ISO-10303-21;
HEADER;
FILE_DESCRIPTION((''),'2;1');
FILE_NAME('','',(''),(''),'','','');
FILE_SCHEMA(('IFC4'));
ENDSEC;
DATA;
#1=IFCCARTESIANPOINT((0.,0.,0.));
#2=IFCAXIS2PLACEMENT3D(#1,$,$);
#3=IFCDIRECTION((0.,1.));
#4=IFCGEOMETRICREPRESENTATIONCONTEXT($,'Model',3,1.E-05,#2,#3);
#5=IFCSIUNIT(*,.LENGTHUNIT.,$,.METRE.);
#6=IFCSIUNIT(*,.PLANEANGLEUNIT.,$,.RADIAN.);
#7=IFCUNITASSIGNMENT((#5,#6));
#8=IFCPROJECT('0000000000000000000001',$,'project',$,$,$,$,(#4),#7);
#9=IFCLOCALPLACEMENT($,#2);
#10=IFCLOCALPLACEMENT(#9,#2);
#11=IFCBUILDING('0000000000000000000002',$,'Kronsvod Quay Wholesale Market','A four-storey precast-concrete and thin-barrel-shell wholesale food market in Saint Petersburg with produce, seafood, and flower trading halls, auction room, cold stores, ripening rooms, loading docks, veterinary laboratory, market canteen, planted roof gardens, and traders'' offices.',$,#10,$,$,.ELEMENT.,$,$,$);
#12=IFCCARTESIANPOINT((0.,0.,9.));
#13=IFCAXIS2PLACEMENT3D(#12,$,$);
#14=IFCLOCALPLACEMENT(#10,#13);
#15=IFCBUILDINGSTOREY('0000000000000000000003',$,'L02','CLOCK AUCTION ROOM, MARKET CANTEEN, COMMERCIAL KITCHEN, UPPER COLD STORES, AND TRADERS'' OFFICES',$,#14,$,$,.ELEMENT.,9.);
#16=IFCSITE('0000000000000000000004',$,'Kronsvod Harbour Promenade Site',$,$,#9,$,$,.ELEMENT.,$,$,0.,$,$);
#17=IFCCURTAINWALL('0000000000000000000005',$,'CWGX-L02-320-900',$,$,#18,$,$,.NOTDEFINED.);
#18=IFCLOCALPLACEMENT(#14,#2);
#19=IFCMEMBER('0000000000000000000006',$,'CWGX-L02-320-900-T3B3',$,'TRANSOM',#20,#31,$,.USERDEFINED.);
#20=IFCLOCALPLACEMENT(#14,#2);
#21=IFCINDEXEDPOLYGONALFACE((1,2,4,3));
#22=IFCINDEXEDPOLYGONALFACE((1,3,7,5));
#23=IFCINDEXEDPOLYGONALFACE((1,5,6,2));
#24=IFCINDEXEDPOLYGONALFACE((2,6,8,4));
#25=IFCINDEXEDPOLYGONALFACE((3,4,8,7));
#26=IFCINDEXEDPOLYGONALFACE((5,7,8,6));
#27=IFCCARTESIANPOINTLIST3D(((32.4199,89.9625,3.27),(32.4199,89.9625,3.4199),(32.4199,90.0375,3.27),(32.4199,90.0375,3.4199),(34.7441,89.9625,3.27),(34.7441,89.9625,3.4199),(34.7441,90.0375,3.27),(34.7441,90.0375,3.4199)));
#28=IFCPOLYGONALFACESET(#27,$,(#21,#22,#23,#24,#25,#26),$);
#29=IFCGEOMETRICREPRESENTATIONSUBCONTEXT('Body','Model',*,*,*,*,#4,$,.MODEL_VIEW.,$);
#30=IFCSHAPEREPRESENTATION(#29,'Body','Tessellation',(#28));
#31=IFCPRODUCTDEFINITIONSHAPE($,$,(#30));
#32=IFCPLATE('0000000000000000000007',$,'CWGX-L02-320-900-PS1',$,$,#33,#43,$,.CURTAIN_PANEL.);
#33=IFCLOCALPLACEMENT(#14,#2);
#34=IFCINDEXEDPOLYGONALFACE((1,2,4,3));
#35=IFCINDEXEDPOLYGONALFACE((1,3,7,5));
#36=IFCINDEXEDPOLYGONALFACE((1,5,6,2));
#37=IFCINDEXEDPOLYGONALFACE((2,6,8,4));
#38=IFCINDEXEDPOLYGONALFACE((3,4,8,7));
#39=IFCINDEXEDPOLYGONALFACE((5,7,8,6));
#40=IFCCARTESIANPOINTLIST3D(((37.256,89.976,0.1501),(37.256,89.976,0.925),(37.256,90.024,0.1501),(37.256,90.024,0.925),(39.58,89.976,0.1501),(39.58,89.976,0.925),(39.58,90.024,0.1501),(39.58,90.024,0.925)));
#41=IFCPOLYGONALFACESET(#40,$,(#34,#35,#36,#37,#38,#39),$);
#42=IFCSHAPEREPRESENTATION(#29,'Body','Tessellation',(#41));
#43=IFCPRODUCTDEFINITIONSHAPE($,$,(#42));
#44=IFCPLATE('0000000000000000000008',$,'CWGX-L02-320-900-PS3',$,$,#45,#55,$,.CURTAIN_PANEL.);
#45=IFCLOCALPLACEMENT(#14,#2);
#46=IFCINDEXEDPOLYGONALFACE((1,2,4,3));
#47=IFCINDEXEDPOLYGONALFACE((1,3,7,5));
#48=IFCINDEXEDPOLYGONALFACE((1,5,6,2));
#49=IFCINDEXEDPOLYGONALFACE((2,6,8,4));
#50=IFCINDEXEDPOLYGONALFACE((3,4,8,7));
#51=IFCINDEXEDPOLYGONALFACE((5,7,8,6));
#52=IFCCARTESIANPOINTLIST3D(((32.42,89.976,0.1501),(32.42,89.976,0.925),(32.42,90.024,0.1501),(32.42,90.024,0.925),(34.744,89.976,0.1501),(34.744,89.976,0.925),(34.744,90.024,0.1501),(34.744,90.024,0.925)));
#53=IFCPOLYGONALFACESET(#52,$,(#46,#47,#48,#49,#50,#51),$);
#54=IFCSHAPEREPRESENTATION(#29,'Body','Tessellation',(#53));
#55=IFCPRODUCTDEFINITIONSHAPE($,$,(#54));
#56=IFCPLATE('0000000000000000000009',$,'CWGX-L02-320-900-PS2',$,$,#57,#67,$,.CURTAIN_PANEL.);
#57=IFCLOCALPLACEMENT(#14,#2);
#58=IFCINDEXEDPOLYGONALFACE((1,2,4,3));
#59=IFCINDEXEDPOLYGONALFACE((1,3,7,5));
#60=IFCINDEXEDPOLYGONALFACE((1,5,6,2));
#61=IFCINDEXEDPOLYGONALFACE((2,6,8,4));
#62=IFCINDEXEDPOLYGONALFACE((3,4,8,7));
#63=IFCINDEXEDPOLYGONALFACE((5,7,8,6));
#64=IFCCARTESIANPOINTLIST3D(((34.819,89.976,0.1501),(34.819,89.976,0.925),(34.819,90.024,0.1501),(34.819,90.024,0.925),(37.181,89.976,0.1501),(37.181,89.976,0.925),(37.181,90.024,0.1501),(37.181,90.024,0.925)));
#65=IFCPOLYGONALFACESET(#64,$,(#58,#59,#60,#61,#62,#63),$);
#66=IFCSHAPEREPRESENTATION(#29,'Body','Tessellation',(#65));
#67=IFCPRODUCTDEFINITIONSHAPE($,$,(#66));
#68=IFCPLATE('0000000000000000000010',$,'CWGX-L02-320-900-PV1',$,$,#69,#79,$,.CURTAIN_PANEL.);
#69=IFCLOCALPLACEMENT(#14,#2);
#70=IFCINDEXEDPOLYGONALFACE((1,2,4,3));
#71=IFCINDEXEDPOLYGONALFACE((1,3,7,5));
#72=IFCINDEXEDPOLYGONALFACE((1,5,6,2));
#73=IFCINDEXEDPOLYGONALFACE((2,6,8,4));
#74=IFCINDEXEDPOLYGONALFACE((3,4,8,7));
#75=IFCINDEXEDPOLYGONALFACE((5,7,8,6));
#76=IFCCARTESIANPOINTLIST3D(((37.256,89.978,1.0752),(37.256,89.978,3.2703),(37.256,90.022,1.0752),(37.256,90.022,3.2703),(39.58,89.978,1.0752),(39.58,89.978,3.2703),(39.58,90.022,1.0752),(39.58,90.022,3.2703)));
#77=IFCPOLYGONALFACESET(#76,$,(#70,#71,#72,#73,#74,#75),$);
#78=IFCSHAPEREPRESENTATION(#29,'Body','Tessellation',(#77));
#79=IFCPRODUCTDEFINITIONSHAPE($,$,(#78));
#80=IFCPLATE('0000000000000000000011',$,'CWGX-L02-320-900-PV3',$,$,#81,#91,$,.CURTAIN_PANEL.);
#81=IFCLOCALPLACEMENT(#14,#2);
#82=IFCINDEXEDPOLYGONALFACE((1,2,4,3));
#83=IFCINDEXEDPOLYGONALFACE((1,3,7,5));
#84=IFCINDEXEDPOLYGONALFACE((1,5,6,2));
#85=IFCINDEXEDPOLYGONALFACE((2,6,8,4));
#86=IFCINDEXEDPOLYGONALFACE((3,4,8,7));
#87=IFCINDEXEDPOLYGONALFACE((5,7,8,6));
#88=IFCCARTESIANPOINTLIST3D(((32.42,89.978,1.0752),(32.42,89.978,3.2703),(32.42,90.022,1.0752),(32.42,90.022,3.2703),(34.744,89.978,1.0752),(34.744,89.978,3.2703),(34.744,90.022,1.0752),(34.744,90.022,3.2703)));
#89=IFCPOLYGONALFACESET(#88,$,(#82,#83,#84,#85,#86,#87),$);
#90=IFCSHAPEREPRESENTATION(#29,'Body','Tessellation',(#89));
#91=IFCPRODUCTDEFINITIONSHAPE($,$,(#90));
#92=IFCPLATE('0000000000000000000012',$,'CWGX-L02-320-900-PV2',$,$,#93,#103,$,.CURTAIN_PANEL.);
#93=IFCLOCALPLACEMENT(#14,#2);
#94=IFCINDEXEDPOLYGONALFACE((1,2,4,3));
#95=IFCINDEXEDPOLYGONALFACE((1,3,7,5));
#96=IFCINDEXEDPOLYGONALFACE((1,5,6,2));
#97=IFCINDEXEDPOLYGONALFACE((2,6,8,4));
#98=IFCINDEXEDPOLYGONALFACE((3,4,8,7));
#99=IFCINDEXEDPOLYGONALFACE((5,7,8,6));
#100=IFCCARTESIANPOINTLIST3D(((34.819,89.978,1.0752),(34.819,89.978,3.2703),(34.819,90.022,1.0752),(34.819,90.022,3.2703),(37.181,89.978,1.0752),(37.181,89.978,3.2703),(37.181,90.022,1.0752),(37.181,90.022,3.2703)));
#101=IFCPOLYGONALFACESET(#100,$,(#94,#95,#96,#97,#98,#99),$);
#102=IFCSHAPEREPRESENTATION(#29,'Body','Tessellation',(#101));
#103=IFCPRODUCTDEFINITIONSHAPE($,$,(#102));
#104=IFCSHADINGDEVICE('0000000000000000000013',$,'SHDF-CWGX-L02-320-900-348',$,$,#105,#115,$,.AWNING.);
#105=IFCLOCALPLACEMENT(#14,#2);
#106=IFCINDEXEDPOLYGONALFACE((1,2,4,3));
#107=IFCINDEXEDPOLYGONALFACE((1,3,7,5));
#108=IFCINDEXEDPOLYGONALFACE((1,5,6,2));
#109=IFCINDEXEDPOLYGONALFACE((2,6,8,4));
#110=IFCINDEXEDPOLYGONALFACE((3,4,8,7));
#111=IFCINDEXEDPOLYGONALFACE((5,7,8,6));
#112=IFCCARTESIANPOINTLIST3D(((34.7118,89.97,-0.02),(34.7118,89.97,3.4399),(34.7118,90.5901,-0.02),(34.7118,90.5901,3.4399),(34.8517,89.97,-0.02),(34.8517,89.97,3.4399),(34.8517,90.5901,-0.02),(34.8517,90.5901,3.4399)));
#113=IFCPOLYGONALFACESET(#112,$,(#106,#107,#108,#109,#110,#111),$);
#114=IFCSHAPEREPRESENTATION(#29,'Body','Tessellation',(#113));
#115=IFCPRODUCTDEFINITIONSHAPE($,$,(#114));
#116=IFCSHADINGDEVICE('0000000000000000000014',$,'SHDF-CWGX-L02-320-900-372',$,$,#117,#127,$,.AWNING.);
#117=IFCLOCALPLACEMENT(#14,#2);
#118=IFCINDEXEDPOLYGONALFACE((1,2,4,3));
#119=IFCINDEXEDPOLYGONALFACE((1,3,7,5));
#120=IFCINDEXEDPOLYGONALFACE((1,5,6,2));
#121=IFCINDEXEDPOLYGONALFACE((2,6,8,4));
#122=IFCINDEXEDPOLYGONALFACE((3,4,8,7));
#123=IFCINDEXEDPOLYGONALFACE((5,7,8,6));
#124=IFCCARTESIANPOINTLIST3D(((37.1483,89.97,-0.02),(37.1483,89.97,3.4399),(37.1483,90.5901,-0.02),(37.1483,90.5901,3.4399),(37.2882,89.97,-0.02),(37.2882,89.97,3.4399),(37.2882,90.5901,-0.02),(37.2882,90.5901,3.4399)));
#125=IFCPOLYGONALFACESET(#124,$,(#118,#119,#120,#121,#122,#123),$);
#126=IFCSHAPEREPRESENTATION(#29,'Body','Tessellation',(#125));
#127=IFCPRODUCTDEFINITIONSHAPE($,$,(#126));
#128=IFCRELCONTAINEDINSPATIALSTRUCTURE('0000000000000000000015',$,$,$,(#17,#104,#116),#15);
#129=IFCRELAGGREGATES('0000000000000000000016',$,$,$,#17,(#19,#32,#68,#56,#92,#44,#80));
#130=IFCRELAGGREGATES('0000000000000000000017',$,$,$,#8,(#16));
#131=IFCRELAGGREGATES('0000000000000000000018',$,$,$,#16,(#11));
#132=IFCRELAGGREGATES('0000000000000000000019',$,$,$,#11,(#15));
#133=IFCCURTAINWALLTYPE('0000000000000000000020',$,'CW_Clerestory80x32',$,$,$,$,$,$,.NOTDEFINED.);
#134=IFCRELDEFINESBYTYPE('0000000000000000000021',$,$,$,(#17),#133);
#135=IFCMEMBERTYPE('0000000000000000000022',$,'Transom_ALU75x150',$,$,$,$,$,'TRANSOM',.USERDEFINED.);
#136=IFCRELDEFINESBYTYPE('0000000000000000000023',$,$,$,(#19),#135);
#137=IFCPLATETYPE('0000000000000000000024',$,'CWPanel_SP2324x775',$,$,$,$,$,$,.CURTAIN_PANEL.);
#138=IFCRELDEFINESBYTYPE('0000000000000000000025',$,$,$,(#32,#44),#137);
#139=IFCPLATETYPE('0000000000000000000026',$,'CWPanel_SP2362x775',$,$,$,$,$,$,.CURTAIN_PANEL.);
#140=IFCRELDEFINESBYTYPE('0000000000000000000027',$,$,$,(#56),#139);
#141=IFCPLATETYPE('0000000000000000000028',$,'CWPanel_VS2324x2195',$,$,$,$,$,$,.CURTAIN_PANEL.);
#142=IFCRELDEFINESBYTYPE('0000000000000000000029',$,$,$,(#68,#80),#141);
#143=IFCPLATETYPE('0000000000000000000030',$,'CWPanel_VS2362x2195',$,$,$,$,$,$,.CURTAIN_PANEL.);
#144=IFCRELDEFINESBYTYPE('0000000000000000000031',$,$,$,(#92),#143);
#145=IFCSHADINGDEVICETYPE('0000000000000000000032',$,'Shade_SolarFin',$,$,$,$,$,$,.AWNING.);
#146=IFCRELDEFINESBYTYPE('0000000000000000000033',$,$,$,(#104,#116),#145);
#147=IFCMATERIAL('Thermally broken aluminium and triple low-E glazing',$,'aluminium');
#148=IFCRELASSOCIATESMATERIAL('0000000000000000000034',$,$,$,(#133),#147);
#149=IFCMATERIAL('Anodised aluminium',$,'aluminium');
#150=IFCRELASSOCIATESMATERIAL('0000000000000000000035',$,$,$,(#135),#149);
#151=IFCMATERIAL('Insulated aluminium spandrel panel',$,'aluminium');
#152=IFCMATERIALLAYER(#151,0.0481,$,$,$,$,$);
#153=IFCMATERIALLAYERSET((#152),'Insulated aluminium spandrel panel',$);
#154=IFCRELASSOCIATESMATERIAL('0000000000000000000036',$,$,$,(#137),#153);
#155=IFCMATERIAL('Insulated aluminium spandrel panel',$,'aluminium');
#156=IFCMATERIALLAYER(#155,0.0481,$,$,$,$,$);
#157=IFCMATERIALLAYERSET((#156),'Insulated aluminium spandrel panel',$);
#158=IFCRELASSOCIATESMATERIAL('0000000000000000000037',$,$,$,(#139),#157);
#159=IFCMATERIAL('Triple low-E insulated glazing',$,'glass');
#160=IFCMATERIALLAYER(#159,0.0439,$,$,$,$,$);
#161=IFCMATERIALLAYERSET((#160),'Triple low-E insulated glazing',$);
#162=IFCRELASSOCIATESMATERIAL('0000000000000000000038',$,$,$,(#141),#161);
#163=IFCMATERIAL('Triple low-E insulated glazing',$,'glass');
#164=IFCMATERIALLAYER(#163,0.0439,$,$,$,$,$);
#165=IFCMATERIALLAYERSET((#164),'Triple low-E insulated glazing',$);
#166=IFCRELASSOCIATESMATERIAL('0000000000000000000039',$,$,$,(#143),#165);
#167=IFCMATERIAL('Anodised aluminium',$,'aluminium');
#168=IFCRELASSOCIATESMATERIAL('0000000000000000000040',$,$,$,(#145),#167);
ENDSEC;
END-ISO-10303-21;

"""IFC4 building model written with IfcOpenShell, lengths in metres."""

from ifc_helpers import new_model, si_unit, direction, frame, origin, origin_2d, place, context, subcontext, project, spatial, rectangle, extrude, material, layer, layer_set, material_profile, profile_set, type_object, element, aggregate, save


model = new_model("IFC4")

# Units and contexts
model_context = context("Model", 3, precision=1e-05, world=origin(), true_north=direction((0.0, 1.0)))
body_context = subcontext(model_context, "Body", "Model", "MODEL_VIEW")
ifc_project = project(units=[si_unit("LENGTHUNIT", "METRE"), si_unit("PLANEANGLEUNIT", "RADIAN")], contexts=[model_context])

# Site, building, storey
site_placement = place(None, origin())
site = spatial("IfcSite", under=ifc_project, at=site_placement, Name="Kronsvod Harbour Promenade Site", CompositionType="ELEMENT", RefElevation=0.0)
building_placement = place(site_placement, origin())
building = spatial("IfcBuilding", under=site, at=building_placement, Name="Kronsvod Quay Wholesale Market", Description="A four-storey precast-concrete and thin-barrel-shell wholesale food market in Saint Petersburg with produce, seafood, and flower trading halls, auction room, cold stores, ripening rooms, loading docks, veterinary laboratory, market canteen, planted roof gardens, and traders' offices.", CompositionType="ELEMENT")
storey_placement = place(building_placement, frame((0.0, 0.0, 9.0)))
storey = spatial("IfcBuildingStorey", under=building, at=storey_placement, Name="L02", Description="CLOCK AUCTION ROOM, MARKET CANTEEN, COMMERCIAL KITCHEN, UPPER COLD STORES, AND TRADERS' OFFICES", CompositionType="ELEMENT", Elevation=9.0)

# Curtain wall, member, plates
ifc_material_1 = material(Name="Thermally broken aluminium and triple low-E glazing", Category="aluminium")
curtain_wall_type = type_object("IfcCurtainWallType", Name="CW_Clerestory80x32", PredefinedType="NOTDEFINED", material=ifc_material_1)
curtain_wall_placement = place(storey_placement, origin())
curtain_wall = element("IfcCurtainWall", 1, at=curtain_wall_placement, inside=storey, type_object=curtain_wall_type, Name="CWGX-L02-320-900", PredefinedType="NOTDEFINED")
ifc_material_2 = material(Name="Anodised aluminium", Category="aluminium")
ifc_material_profile_1 = material_profile(ifc_material_2, rectangle(XDim=0.075, YDim=0.1499, at=origin_2d()), Name="ALUT75x150")
ifc_profile_set_1 = profile_set([ifc_material_profile_1], Name="Anodised aluminium")
member_type_1 = type_object("IfcMemberType", Name="Transom_ALU75x150", ElementType="TRANSOM", PredefinedType="USERDEFINED", material=ifc_profile_set_1)
member_1_placement = place(storey_placement, frame((34.7441, 90.0, 3.345), z_axis=(-1.0, 0.0, 0.0), x_axis=(0.0, -1.0, 0.0)))
member_1 = element("IfcMember", 2, at=member_1_placement, type_object=member_type_1, Name="CWGX-L02-320-900-T3B3", ObjectType="TRANSOM", PredefinedType="USERDEFINED", context=body_context, shape_type="SweptSolid", body=[
    extrude(rectangle(XDim=0.075, YDim=0.1499, at=origin_2d()), origin(), (0.0, 0.0, 1.0), 2.3242),
])
ifc_material_3 = material(Name="Insulated aluminium spandrel panel", Category="aluminium")
ifc_layer_1 = layer(ifc_material_3, 0.0481)
ifc_layer_set_1 = layer_set([ifc_layer_1], Name="Insulated aluminium spandrel panel")
plate_type_1 = type_object("IfcPlateType", Name="CWPanel_SP2324x775", PredefinedType="CURTAIN_PANEL", material=ifc_layer_set_1)
plate_1_placement = place(storey_placement, frame((38.418, 90.0, 0.1501), z_axis=(0.0, 0.0, 1.0), x_axis=(-1.0, 0.0, 0.0)))
plate_1 = element("IfcPlate", 3, at=plate_1_placement, type_object=plate_type_1, Name="CWGX-L02-320-900-PS1", PredefinedType="CURTAIN_PANEL", context=body_context, shape_type="SweptSolid", body=[
    extrude(rectangle(XDim=2.324, YDim=0.0481, at=origin_2d()), origin(), (0.0, 0.0, 1.0), 0.7749),
])
plate_2_placement = place(storey_placement, frame((33.582, 90.0, 0.1501), z_axis=(0.0, 0.0, 1.0), x_axis=(-1.0, 0.0, 0.0)))
plate_2 = element("IfcPlate", 4, at=plate_2_placement, type_object=plate_type_1, Name="CWGX-L02-320-900-PS3", PredefinedType="CURTAIN_PANEL", context=body_context, shape_type="SweptSolid", body=[
    extrude(rectangle(XDim=2.324, YDim=0.0481, at=origin_2d()), origin(), (0.0, 0.0, 1.0), 0.7749),
])
ifc_material_4 = material(Name="Insulated aluminium spandrel panel", Category="aluminium")
ifc_layer_2 = layer(ifc_material_4, 0.0481)
ifc_layer_set_2 = layer_set([ifc_layer_2], Name="Insulated aluminium spandrel panel")
plate_type_2 = type_object("IfcPlateType", Name="CWPanel_SP2362x775", PredefinedType="CURTAIN_PANEL", material=ifc_layer_set_2)
plate_3_placement = place(storey_placement, frame((36.0, 90.0, 0.1501), z_axis=(0.0, 0.0, 1.0), x_axis=(-1.0, 0.0, 0.0)))
plate_3 = element("IfcPlate", 5, at=plate_3_placement, type_object=plate_type_2, Name="CWGX-L02-320-900-PS2", PredefinedType="CURTAIN_PANEL", context=body_context, shape_type="SweptSolid", body=[
    extrude(rectangle(XDim=2.3621, YDim=0.0481, at=origin_2d()), origin(), (0.0, 0.0, 1.0), 0.7749),
])
ifc_material_5 = material(Name="Triple low-E insulated glazing", Category="glass")
ifc_layer_3 = layer(ifc_material_5, 0.0439)
ifc_layer_set_3 = layer_set([ifc_layer_3], Name="Triple low-E insulated glazing")
plate_type_3 = type_object("IfcPlateType", Name="CWPanel_VS2324x2195", PredefinedType="CURTAIN_PANEL", material=ifc_layer_set_3)
plate_4_placement = place(storey_placement, frame((38.418, 90.0, 1.0752), z_axis=(0.0, 0.0, 1.0), x_axis=(-1.0, 0.0, 0.0)))
plate_4 = element("IfcPlate", 6, at=plate_4_placement, type_object=plate_type_3, Name="CWGX-L02-320-900-PV1", PredefinedType="CURTAIN_PANEL", context=body_context, shape_type="SweptSolid", body=[
    extrude(rectangle(XDim=2.324, YDim=0.0439, at=origin_2d()), origin(), (0.0, 0.0, 1.0), 2.1951),
])
plate_5_placement = place(storey_placement, frame((33.582, 90.0, 1.0752), z_axis=(0.0, 0.0, 1.0), x_axis=(-1.0, 0.0, 0.0)))
plate_5 = element("IfcPlate", 7, at=plate_5_placement, type_object=plate_type_3, Name="CWGX-L02-320-900-PV3", PredefinedType="CURTAIN_PANEL", context=body_context, shape_type="SweptSolid", body=[
    extrude(rectangle(XDim=2.324, YDim=0.0439, at=origin_2d()), origin(), (0.0, 0.0, 1.0), 2.1951),
])
ifc_material_6 = material(Name="Triple low-E insulated glazing", Category="glass")
ifc_layer_4 = layer(ifc_material_6, 0.0439)
ifc_layer_set_4 = layer_set([ifc_layer_4], Name="Triple low-E insulated glazing")
plate_type_4 = type_object("IfcPlateType", Name="CWPanel_VS2362x2195", PredefinedType="CURTAIN_PANEL", material=ifc_layer_set_4)
plate_6_placement = place(storey_placement, frame((36.0, 90.0, 1.0752), z_axis=(0.0, 0.0, 1.0), x_axis=(-1.0, 0.0, 0.0)))
plate_6 = element("IfcPlate", 8, at=plate_6_placement, type_object=plate_type_4, Name="CWGX-L02-320-900-PV2", PredefinedType="CURTAIN_PANEL", context=body_context, shape_type="SweptSolid", body=[
    extrude(rectangle(XDim=2.3621, YDim=0.0439, at=origin_2d()), origin(), (0.0, 0.0, 1.0), 2.1951),
])
aggregate(curtain_wall, [member_1, plate_1, plate_4, plate_3, plate_6, plate_2, plate_5])

# Shading devices
ifc_material_7 = material(Name="Anodised aluminium", Category="aluminium")
shading_device_type = type_object("IfcShadingDeviceType", Name="Shade_SolarFin", PredefinedType="AWNING", material=ifc_material_7)
for number, where, z_axis, x_axis, name in (
    (9, (34.7817, 90.28, -0.02), (0.0, 0.0, 1.0), (1.0, 0.0, 0.0), "SHDF-CWGX-L02-320-900-348"),
    (10, (37.2183, 90.28, -0.02), (0.0, 0.0, 1.0), (1.0, 0.0, 0.0), "SHDF-CWGX-L02-320-900-372"),
):
    element("IfcShadingDevice", number, at=place(storey_placement, frame(where, z_axis=z_axis, x_axis=x_axis)), inside=storey, type_object=shading_device_type, Name=name, PredefinedType="AWNING", context=body_context, shape_type="SweptSolid", body=[
        extrude(rectangle(XDim=0.1399, YDim=0.6201, at=origin_2d()), origin(), (0.0, 0.0, 1.0), 3.46),
    ])

save(model, "model.ifc")
